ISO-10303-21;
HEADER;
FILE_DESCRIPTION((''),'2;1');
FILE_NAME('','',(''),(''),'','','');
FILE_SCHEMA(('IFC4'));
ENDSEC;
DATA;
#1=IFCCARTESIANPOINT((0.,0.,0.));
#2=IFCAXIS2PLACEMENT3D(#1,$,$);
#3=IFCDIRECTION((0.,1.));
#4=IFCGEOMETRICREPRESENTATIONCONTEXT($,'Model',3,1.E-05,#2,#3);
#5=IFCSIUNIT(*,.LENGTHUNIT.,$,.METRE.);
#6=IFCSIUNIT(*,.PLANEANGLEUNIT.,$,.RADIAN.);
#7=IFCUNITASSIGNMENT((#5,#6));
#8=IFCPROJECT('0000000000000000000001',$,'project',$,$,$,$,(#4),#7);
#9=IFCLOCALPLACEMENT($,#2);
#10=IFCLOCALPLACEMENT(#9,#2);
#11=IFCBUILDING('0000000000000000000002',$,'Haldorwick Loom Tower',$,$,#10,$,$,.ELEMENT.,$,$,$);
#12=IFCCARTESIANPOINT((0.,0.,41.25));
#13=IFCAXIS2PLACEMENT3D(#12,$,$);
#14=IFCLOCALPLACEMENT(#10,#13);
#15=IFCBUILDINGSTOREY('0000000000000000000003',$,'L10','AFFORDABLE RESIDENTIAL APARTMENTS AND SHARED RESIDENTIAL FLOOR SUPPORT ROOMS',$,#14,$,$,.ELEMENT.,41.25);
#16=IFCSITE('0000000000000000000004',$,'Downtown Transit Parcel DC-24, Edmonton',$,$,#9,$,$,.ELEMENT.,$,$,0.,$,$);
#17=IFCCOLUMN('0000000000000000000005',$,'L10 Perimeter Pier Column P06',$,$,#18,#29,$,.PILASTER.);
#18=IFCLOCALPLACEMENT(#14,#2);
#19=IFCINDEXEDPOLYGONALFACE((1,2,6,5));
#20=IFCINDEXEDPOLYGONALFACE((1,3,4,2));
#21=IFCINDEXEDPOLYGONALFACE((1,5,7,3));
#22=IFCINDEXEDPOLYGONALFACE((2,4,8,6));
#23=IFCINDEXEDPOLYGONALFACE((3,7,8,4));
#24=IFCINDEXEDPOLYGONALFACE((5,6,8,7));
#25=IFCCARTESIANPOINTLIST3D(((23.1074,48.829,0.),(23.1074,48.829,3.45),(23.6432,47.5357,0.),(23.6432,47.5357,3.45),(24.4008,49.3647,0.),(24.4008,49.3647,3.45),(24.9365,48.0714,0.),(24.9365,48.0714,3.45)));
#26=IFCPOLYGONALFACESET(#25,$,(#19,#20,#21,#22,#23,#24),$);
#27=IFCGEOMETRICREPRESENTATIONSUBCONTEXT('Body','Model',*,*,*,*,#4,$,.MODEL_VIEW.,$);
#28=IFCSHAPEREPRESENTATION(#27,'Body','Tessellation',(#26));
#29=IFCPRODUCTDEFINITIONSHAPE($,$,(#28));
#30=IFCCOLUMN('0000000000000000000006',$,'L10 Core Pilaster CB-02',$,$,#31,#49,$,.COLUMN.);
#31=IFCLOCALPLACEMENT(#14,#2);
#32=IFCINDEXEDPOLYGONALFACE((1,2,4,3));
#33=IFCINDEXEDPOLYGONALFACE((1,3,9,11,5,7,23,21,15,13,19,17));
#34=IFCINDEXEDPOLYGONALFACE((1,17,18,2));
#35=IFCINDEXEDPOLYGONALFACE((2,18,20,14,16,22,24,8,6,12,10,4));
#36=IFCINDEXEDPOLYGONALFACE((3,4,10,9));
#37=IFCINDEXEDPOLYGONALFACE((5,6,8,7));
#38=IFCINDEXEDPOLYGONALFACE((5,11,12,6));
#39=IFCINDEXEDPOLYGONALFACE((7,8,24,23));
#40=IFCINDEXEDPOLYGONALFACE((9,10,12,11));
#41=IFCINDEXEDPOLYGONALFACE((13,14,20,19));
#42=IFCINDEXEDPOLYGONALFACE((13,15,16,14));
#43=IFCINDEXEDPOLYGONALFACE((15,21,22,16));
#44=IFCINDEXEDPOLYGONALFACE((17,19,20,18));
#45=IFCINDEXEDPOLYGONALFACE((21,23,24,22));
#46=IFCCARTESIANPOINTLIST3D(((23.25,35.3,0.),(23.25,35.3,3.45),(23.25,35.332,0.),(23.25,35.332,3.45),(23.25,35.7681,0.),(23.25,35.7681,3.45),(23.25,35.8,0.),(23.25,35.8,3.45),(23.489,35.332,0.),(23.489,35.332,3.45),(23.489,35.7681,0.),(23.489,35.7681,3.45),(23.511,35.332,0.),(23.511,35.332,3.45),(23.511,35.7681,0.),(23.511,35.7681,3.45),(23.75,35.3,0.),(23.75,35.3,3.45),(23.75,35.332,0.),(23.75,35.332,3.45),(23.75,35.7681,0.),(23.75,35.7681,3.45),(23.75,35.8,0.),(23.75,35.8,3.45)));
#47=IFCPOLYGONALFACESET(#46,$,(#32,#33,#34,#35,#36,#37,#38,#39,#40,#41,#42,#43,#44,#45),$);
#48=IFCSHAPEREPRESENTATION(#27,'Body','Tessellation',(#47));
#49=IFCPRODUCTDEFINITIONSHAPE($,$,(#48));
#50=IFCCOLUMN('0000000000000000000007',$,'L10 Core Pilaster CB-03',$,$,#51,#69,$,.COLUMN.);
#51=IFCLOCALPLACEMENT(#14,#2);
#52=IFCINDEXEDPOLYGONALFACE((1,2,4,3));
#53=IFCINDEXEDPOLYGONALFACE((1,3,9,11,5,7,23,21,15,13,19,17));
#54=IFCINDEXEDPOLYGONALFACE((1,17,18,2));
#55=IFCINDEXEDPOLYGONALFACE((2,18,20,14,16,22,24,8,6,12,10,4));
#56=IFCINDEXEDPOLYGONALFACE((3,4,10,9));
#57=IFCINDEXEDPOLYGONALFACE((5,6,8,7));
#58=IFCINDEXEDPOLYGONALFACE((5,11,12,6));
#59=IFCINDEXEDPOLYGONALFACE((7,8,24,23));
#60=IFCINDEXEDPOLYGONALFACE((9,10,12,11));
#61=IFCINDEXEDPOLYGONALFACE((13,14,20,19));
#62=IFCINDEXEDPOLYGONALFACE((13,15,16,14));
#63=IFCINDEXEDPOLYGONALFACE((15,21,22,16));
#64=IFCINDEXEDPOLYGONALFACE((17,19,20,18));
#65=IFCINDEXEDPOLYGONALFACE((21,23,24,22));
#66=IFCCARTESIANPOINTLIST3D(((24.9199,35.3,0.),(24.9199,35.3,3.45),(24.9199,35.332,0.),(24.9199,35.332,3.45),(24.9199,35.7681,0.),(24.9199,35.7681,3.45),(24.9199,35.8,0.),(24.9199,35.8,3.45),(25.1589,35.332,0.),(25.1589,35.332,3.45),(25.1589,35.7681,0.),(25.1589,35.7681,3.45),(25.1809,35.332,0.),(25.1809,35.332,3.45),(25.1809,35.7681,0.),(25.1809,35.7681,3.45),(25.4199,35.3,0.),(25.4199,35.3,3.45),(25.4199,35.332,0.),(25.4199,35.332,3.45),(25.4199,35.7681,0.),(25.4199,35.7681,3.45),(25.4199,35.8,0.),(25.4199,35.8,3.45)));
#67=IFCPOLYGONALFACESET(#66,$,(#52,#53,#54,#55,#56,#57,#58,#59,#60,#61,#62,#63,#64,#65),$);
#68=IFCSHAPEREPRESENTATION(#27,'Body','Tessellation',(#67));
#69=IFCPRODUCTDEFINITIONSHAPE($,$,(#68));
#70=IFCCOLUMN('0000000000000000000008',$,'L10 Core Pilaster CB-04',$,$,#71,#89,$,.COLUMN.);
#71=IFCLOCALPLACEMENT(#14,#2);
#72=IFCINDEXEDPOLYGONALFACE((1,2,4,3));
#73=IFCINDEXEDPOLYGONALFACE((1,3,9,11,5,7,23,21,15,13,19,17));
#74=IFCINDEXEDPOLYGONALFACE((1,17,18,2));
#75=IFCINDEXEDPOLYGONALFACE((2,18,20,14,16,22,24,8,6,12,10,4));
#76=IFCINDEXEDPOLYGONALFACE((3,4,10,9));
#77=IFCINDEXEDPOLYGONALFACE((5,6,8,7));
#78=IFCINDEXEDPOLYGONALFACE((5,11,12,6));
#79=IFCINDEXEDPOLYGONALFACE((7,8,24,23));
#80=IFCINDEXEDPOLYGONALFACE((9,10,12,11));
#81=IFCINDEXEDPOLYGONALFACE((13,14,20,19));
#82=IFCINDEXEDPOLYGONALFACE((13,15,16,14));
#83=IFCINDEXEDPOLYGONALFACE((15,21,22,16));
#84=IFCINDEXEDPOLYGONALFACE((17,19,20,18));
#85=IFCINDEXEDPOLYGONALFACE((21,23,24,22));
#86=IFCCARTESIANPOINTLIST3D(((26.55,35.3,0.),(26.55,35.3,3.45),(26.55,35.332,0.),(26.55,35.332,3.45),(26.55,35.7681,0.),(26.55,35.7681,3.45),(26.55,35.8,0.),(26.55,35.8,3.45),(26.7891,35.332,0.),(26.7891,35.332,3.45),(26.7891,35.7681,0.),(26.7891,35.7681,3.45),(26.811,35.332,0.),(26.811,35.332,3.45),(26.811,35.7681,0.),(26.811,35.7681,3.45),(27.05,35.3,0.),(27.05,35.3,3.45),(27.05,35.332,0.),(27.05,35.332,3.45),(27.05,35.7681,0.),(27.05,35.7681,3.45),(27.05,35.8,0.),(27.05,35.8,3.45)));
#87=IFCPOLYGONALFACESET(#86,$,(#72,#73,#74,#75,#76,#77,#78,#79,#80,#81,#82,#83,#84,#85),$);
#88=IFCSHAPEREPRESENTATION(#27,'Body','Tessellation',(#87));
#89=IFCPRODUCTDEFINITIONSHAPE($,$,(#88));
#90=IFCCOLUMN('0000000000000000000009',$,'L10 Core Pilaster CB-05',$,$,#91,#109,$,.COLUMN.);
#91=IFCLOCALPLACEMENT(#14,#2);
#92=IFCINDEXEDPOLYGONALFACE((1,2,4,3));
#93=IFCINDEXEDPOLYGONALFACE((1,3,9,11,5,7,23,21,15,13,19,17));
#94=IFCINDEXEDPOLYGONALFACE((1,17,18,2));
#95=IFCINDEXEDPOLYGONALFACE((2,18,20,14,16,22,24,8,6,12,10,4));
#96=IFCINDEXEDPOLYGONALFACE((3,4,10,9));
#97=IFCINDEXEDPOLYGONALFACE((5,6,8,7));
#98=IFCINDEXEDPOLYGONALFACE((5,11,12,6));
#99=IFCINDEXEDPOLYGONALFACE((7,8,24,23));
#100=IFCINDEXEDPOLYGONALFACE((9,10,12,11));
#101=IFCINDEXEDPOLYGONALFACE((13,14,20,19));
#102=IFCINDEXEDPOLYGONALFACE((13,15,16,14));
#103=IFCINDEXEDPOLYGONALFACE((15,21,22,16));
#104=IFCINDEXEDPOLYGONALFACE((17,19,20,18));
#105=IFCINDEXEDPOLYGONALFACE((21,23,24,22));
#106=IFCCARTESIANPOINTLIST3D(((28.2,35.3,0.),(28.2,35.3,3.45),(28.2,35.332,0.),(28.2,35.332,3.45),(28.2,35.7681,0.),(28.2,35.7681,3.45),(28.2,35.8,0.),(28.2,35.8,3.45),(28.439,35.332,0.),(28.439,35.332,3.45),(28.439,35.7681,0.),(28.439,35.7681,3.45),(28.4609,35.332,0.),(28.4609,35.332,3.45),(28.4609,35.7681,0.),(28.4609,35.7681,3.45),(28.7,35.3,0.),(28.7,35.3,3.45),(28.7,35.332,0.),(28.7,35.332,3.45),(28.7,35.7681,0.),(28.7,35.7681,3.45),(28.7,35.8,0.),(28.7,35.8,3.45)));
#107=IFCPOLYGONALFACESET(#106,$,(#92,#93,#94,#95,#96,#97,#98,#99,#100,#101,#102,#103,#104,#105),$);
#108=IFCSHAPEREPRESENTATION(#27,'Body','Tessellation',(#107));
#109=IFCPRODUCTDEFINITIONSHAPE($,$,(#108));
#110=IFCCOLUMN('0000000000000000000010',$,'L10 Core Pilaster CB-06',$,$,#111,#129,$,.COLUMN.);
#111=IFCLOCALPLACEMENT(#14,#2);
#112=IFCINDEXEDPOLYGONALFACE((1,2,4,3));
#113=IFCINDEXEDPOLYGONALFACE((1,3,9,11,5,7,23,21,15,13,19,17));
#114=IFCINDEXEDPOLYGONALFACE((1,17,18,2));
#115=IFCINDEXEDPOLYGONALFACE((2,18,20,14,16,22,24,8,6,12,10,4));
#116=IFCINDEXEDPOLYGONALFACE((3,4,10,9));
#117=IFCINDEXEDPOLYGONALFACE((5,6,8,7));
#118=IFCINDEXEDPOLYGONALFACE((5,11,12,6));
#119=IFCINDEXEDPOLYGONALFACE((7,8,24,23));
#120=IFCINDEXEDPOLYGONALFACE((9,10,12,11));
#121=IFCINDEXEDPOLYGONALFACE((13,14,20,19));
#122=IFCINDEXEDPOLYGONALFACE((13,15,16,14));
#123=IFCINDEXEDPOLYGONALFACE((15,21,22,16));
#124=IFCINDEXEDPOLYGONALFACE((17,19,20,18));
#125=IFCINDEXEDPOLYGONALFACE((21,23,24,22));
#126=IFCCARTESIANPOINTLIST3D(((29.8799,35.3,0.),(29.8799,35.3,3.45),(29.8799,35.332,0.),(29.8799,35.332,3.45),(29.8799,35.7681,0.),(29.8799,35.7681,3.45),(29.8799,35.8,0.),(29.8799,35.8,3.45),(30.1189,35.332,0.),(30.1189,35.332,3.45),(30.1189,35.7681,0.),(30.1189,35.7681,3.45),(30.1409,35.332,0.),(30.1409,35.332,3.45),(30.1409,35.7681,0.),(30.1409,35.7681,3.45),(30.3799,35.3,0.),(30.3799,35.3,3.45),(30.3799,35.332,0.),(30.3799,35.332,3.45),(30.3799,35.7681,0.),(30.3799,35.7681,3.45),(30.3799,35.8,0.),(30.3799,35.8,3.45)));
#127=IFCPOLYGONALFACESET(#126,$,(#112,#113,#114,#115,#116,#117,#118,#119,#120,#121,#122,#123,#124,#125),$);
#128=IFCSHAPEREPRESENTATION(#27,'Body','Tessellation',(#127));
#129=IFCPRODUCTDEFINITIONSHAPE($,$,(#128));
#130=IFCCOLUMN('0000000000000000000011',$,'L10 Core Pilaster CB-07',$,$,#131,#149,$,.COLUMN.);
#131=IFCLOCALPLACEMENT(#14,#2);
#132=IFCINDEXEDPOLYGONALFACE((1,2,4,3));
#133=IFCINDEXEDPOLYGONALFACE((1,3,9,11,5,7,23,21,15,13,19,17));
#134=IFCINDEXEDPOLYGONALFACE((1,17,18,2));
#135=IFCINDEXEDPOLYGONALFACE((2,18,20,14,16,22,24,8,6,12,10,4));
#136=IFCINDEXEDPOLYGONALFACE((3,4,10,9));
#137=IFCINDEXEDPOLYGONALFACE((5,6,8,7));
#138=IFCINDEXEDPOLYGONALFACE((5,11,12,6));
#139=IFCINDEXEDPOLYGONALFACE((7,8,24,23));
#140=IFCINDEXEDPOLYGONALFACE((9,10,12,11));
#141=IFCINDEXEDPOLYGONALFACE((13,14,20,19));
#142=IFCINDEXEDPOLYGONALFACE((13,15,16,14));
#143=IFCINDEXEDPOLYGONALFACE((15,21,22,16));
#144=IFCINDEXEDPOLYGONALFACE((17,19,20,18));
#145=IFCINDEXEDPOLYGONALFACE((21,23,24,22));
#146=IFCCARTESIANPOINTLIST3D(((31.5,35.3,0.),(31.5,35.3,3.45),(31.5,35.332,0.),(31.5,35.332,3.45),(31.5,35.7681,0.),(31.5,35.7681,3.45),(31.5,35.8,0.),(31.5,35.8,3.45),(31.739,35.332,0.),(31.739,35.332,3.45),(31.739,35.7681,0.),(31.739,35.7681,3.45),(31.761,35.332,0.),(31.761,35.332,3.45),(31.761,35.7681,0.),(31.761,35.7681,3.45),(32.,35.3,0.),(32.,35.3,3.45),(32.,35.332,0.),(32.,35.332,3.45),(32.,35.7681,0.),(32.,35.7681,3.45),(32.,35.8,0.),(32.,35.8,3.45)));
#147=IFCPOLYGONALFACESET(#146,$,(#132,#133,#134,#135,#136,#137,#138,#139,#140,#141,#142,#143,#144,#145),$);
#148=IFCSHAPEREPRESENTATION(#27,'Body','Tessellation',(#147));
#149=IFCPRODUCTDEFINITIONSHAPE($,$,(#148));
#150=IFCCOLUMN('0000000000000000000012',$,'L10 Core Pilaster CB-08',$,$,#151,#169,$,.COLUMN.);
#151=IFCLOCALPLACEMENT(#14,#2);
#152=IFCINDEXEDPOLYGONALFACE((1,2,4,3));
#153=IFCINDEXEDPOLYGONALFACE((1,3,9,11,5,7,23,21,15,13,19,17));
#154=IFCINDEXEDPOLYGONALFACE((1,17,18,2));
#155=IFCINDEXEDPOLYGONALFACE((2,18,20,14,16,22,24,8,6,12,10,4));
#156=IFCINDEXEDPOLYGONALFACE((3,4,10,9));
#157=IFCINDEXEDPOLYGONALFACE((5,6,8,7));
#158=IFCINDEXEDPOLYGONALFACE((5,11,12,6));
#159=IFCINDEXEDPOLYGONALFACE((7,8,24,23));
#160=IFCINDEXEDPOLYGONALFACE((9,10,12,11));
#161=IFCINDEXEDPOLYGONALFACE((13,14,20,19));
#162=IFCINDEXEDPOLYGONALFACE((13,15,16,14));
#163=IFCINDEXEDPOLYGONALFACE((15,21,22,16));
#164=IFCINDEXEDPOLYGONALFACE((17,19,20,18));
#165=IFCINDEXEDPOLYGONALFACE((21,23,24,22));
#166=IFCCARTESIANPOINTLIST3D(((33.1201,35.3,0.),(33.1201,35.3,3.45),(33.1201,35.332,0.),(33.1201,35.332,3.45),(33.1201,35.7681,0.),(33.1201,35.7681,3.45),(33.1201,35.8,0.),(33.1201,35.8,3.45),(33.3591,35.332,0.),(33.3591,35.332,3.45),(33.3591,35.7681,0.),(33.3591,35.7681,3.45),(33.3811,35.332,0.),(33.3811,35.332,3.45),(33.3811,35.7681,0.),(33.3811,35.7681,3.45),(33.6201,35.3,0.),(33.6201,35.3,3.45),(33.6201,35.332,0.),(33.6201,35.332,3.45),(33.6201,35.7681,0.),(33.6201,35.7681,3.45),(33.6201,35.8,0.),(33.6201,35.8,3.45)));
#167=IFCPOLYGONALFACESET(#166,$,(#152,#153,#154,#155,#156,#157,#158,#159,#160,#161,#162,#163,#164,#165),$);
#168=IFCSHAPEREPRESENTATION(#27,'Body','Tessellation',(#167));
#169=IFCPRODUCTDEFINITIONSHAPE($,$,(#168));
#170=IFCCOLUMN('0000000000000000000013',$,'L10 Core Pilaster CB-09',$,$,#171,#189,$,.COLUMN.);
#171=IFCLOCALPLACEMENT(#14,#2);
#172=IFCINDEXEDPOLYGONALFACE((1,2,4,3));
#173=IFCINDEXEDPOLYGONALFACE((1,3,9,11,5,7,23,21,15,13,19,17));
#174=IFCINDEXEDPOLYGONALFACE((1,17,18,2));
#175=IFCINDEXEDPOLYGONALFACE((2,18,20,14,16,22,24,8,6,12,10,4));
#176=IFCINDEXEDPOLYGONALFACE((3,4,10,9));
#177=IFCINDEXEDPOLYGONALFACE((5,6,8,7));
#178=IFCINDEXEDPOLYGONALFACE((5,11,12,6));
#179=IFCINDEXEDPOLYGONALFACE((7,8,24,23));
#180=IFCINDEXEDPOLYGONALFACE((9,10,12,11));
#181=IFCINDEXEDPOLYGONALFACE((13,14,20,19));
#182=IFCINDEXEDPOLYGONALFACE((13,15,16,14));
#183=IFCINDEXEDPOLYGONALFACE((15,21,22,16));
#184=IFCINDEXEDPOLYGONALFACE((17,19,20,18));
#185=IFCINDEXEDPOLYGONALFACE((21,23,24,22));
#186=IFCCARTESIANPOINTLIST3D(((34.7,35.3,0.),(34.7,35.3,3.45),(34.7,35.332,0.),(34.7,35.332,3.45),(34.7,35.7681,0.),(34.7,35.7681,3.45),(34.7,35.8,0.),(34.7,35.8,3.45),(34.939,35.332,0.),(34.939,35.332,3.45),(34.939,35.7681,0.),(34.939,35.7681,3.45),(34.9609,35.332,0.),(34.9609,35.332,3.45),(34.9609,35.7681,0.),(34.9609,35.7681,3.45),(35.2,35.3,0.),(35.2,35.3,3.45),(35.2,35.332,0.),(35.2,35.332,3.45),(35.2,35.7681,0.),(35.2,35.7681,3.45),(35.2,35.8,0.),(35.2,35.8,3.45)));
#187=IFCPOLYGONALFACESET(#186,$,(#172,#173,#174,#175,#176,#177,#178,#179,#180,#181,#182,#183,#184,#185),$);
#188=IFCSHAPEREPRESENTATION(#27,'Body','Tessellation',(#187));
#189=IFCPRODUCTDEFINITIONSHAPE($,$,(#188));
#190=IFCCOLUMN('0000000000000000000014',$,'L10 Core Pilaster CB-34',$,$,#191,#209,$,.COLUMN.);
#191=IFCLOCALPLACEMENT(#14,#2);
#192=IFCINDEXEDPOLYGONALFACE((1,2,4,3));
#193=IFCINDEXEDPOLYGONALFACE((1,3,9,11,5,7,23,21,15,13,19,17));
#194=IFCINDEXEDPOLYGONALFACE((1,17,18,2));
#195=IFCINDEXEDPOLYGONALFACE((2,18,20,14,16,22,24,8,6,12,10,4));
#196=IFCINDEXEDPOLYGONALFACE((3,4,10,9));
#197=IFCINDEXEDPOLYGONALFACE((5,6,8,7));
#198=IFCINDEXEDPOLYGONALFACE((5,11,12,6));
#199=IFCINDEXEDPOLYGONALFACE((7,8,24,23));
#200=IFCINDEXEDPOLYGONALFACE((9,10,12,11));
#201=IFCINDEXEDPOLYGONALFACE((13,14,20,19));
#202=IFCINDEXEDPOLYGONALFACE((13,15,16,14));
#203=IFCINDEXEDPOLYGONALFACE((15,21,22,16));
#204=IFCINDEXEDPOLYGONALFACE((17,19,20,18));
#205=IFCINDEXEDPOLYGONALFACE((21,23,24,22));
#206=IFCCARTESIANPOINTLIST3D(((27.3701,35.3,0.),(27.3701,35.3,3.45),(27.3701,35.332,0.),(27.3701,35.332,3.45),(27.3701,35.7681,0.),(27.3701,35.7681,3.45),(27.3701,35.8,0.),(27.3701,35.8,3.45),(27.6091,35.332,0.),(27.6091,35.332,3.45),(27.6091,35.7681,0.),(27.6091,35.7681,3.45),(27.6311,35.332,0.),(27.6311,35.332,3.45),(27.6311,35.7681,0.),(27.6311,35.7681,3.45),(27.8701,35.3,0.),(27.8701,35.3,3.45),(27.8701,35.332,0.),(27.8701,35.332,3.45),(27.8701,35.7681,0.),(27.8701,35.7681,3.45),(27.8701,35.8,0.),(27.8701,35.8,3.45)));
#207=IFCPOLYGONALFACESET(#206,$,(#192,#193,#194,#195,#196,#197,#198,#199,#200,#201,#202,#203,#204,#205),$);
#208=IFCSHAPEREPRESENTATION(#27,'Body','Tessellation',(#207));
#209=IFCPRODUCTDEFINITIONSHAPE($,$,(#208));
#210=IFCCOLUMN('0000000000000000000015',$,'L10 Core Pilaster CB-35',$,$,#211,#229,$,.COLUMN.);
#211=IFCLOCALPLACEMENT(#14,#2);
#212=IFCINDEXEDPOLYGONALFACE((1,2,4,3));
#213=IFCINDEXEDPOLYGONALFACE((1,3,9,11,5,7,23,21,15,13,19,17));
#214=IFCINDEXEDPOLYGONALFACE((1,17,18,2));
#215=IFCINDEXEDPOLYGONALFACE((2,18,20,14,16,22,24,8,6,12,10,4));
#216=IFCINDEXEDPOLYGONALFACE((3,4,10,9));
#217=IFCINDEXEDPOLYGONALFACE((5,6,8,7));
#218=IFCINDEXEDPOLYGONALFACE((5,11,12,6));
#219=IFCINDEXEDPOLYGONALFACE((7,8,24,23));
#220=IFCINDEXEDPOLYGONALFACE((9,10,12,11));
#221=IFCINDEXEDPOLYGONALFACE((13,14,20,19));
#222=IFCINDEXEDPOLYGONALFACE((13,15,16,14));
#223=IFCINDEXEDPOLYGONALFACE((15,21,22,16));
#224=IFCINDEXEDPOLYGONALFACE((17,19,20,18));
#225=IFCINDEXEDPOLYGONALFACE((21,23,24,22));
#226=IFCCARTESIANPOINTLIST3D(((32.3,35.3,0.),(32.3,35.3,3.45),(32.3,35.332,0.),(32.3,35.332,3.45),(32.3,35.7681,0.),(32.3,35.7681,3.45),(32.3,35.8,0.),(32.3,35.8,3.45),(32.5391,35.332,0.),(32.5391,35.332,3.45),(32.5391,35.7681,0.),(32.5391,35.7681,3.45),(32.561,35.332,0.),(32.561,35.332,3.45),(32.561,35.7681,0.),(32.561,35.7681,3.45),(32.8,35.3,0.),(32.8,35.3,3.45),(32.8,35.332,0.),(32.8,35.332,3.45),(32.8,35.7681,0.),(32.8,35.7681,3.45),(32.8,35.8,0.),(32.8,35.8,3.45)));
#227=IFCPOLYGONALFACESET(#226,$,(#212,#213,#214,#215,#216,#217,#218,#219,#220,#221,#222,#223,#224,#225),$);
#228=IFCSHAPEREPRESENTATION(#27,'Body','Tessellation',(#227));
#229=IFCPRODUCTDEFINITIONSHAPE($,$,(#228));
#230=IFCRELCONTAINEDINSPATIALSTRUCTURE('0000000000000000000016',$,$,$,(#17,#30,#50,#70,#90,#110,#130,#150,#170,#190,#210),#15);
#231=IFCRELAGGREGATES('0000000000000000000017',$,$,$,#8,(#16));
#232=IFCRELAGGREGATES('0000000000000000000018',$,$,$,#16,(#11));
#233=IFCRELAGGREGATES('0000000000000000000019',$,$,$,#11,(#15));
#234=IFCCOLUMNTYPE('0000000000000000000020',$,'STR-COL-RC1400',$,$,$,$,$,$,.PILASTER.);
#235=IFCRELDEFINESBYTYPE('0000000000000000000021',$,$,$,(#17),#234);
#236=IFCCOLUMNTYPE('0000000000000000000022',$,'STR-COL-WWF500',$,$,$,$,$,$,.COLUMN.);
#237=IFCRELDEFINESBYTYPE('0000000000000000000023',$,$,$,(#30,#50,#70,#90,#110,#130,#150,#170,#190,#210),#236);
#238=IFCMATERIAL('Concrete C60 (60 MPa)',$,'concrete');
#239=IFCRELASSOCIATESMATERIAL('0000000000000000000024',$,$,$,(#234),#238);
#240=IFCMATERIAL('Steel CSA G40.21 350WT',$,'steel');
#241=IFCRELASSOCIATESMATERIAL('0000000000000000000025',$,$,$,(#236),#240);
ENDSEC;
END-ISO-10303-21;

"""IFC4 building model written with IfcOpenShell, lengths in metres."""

from ifc_helpers import new_model, si_unit, direction, frame, origin, origin_2d, place, context, subcontext, project, spatial, rectangle, i_section, extrude, material, material_profile, profile_set, type_object, element, save


model = new_model("IFC4")

# Units and contexts
model_context = context("Model", 3, precision=1e-05, world=origin(), true_north=direction((0.0, 1.0)))
body_context = subcontext(model_context, "Body", "Model", "MODEL_VIEW")
ifc_project = project(units=[si_unit("LENGTHUNIT", "METRE"), si_unit("PLANEANGLEUNIT", "RADIAN")], contexts=[model_context])

# Site, building, storey
site_placement = place(None, origin())
site = spatial("IfcSite", under=ifc_project, at=site_placement, Name="Downtown Transit Parcel DC-24, Edmonton", CompositionType="ELEMENT", RefElevation=0.0)
building_placement = place(site_placement, origin())
building = spatial("IfcBuilding", under=site, at=building_placement, Name="Haldorwick Loom Tower", CompositionType="ELEMENT")
storey_placement = place(building_placement, frame((0.0, 0.0, 41.25)))
storey = spatial("IfcBuildingStorey", under=building, at=storey_placement, Name="L10", Description="AFFORDABLE RESIDENTIAL APARTMENTS AND SHARED RESIDENTIAL FLOOR SUPPORT ROOMS", CompositionType="ELEMENT", Elevation=41.25)

# Columns
ifc_material_1 = material(Name="Concrete C60 (60 MPa)", Category="concrete")
ifc_material_profile_1 = material_profile(ifc_material_1, rectangle(XDim=1.3999, YDim=1.3999, at=origin_2d()), Name="RC1400X1400", Category="concrete")
ifc_profile_set_1 = profile_set([ifc_material_profile_1], Name="Concrete C60 (60 MPa)")
column_type_1 = type_object("IfcColumnType", Name="STR-COL-RC1400", PredefinedType="PILASTER", material=ifc_profile_set_1)
column_placement = place(storey_placement, frame((24.022, 48.4502, 0.0), z_axis=(0.0, 0.0, 1.0), x_axis=(-0.382683, 0.92388, 0.0)))
element("IfcColumn", 1, at=column_placement, inside=storey, type_object=column_type_1, Name="L10 Perimeter Pier Column P06", PredefinedType="PILASTER", context=body_context, shape_type="SweptSolid", body=[
    extrude(rectangle(XDim=1.3999, YDim=1.3999, at=origin_2d()), origin(), (0.0, 0.0, 1.0), 3.45),
])
ifc_material_2 = material(Name="Steel CSA G40.21 350WT", Category="steel")
ifc_material_profile_2 = material_profile(ifc_material_2, i_section(OverallWidth=0.5, OverallDepth=0.5, WebThickness=0.022, FlangeThickness=0.032, at=origin_2d()), Name="WWF500X500", Category="steel")
ifc_profile_set_2 = profile_set([ifc_material_profile_2], Name="Steel CSA G40.21 350WT")
column_type_2 = type_object("IfcColumnType", Name="STR-COL-WWF500", PredefinedType="COLUMN", material=ifc_profile_set_2)
for number, where, z_axis, x_axis, name in (
    (2, (23.5, 35.55, 0.0), (0.0, 0.0, 1.0), (1.0, 0.0, 0.0), "L10 Core Pilaster CB-02"),
    (3, (25.1699, 35.55, 0.0), (0.0, 0.0, 1.0), (1.0, 0.0, 0.0), "L10 Core Pilaster CB-03"),
    (4, (26.8, 35.55, 0.0), (0.0, 0.0, 1.0), (1.0, 0.0, 0.0), "L10 Core Pilaster CB-04"),
    (5, (28.45, 35.55, 0.0), (0.0, 0.0, 1.0), (1.0, 0.0, 0.0), "L10 Core Pilaster CB-05"),
    (6, (30.1299, 35.55, 0.0), (0.0, 0.0, 1.0), (1.0, 0.0, 0.0), "L10 Core Pilaster CB-06"),
    (7, (31.75, 35.55, 0.0), (0.0, 0.0, 1.0), (1.0, 0.0, 0.0), "L10 Core Pilaster CB-07"),
    (8, (33.3701, 35.55, 0.0), (0.0, 0.0, 1.0), (1.0, 0.0, 0.0), "L10 Core Pilaster CB-08"),
    (9, (34.95, 35.55, 0.0), (0.0, 0.0, 1.0), (1.0, 0.0, 0.0), "L10 Core Pilaster CB-09"),
    (10, (27.6201, 35.55, 0.0), (0.0, 0.0, 1.0), (1.0, 0.0, 0.0), "L10 Core Pilaster CB-34"),
    (11, (32.55, 35.55, 0.0), (0.0, 0.0, 1.0), (1.0, 0.0, 0.0), "L10 Core Pilaster CB-35"),
):
    element("IfcColumn", number, at=place(storey_placement, frame(where, z_axis=z_axis, x_axis=x_axis)), inside=storey, type_object=column_type_2, Name=name, PredefinedType="COLUMN", context=body_context, shape_type="SweptSolid", body=[
        extrude(i_section(OverallWidth=0.5, OverallDepth=0.5, WebThickness=0.022, FlangeThickness=0.032, at=origin_2d()), origin(), (0.0, 0.0, 1.0), 3.45),
    ])

save(model, "model.ifc")
